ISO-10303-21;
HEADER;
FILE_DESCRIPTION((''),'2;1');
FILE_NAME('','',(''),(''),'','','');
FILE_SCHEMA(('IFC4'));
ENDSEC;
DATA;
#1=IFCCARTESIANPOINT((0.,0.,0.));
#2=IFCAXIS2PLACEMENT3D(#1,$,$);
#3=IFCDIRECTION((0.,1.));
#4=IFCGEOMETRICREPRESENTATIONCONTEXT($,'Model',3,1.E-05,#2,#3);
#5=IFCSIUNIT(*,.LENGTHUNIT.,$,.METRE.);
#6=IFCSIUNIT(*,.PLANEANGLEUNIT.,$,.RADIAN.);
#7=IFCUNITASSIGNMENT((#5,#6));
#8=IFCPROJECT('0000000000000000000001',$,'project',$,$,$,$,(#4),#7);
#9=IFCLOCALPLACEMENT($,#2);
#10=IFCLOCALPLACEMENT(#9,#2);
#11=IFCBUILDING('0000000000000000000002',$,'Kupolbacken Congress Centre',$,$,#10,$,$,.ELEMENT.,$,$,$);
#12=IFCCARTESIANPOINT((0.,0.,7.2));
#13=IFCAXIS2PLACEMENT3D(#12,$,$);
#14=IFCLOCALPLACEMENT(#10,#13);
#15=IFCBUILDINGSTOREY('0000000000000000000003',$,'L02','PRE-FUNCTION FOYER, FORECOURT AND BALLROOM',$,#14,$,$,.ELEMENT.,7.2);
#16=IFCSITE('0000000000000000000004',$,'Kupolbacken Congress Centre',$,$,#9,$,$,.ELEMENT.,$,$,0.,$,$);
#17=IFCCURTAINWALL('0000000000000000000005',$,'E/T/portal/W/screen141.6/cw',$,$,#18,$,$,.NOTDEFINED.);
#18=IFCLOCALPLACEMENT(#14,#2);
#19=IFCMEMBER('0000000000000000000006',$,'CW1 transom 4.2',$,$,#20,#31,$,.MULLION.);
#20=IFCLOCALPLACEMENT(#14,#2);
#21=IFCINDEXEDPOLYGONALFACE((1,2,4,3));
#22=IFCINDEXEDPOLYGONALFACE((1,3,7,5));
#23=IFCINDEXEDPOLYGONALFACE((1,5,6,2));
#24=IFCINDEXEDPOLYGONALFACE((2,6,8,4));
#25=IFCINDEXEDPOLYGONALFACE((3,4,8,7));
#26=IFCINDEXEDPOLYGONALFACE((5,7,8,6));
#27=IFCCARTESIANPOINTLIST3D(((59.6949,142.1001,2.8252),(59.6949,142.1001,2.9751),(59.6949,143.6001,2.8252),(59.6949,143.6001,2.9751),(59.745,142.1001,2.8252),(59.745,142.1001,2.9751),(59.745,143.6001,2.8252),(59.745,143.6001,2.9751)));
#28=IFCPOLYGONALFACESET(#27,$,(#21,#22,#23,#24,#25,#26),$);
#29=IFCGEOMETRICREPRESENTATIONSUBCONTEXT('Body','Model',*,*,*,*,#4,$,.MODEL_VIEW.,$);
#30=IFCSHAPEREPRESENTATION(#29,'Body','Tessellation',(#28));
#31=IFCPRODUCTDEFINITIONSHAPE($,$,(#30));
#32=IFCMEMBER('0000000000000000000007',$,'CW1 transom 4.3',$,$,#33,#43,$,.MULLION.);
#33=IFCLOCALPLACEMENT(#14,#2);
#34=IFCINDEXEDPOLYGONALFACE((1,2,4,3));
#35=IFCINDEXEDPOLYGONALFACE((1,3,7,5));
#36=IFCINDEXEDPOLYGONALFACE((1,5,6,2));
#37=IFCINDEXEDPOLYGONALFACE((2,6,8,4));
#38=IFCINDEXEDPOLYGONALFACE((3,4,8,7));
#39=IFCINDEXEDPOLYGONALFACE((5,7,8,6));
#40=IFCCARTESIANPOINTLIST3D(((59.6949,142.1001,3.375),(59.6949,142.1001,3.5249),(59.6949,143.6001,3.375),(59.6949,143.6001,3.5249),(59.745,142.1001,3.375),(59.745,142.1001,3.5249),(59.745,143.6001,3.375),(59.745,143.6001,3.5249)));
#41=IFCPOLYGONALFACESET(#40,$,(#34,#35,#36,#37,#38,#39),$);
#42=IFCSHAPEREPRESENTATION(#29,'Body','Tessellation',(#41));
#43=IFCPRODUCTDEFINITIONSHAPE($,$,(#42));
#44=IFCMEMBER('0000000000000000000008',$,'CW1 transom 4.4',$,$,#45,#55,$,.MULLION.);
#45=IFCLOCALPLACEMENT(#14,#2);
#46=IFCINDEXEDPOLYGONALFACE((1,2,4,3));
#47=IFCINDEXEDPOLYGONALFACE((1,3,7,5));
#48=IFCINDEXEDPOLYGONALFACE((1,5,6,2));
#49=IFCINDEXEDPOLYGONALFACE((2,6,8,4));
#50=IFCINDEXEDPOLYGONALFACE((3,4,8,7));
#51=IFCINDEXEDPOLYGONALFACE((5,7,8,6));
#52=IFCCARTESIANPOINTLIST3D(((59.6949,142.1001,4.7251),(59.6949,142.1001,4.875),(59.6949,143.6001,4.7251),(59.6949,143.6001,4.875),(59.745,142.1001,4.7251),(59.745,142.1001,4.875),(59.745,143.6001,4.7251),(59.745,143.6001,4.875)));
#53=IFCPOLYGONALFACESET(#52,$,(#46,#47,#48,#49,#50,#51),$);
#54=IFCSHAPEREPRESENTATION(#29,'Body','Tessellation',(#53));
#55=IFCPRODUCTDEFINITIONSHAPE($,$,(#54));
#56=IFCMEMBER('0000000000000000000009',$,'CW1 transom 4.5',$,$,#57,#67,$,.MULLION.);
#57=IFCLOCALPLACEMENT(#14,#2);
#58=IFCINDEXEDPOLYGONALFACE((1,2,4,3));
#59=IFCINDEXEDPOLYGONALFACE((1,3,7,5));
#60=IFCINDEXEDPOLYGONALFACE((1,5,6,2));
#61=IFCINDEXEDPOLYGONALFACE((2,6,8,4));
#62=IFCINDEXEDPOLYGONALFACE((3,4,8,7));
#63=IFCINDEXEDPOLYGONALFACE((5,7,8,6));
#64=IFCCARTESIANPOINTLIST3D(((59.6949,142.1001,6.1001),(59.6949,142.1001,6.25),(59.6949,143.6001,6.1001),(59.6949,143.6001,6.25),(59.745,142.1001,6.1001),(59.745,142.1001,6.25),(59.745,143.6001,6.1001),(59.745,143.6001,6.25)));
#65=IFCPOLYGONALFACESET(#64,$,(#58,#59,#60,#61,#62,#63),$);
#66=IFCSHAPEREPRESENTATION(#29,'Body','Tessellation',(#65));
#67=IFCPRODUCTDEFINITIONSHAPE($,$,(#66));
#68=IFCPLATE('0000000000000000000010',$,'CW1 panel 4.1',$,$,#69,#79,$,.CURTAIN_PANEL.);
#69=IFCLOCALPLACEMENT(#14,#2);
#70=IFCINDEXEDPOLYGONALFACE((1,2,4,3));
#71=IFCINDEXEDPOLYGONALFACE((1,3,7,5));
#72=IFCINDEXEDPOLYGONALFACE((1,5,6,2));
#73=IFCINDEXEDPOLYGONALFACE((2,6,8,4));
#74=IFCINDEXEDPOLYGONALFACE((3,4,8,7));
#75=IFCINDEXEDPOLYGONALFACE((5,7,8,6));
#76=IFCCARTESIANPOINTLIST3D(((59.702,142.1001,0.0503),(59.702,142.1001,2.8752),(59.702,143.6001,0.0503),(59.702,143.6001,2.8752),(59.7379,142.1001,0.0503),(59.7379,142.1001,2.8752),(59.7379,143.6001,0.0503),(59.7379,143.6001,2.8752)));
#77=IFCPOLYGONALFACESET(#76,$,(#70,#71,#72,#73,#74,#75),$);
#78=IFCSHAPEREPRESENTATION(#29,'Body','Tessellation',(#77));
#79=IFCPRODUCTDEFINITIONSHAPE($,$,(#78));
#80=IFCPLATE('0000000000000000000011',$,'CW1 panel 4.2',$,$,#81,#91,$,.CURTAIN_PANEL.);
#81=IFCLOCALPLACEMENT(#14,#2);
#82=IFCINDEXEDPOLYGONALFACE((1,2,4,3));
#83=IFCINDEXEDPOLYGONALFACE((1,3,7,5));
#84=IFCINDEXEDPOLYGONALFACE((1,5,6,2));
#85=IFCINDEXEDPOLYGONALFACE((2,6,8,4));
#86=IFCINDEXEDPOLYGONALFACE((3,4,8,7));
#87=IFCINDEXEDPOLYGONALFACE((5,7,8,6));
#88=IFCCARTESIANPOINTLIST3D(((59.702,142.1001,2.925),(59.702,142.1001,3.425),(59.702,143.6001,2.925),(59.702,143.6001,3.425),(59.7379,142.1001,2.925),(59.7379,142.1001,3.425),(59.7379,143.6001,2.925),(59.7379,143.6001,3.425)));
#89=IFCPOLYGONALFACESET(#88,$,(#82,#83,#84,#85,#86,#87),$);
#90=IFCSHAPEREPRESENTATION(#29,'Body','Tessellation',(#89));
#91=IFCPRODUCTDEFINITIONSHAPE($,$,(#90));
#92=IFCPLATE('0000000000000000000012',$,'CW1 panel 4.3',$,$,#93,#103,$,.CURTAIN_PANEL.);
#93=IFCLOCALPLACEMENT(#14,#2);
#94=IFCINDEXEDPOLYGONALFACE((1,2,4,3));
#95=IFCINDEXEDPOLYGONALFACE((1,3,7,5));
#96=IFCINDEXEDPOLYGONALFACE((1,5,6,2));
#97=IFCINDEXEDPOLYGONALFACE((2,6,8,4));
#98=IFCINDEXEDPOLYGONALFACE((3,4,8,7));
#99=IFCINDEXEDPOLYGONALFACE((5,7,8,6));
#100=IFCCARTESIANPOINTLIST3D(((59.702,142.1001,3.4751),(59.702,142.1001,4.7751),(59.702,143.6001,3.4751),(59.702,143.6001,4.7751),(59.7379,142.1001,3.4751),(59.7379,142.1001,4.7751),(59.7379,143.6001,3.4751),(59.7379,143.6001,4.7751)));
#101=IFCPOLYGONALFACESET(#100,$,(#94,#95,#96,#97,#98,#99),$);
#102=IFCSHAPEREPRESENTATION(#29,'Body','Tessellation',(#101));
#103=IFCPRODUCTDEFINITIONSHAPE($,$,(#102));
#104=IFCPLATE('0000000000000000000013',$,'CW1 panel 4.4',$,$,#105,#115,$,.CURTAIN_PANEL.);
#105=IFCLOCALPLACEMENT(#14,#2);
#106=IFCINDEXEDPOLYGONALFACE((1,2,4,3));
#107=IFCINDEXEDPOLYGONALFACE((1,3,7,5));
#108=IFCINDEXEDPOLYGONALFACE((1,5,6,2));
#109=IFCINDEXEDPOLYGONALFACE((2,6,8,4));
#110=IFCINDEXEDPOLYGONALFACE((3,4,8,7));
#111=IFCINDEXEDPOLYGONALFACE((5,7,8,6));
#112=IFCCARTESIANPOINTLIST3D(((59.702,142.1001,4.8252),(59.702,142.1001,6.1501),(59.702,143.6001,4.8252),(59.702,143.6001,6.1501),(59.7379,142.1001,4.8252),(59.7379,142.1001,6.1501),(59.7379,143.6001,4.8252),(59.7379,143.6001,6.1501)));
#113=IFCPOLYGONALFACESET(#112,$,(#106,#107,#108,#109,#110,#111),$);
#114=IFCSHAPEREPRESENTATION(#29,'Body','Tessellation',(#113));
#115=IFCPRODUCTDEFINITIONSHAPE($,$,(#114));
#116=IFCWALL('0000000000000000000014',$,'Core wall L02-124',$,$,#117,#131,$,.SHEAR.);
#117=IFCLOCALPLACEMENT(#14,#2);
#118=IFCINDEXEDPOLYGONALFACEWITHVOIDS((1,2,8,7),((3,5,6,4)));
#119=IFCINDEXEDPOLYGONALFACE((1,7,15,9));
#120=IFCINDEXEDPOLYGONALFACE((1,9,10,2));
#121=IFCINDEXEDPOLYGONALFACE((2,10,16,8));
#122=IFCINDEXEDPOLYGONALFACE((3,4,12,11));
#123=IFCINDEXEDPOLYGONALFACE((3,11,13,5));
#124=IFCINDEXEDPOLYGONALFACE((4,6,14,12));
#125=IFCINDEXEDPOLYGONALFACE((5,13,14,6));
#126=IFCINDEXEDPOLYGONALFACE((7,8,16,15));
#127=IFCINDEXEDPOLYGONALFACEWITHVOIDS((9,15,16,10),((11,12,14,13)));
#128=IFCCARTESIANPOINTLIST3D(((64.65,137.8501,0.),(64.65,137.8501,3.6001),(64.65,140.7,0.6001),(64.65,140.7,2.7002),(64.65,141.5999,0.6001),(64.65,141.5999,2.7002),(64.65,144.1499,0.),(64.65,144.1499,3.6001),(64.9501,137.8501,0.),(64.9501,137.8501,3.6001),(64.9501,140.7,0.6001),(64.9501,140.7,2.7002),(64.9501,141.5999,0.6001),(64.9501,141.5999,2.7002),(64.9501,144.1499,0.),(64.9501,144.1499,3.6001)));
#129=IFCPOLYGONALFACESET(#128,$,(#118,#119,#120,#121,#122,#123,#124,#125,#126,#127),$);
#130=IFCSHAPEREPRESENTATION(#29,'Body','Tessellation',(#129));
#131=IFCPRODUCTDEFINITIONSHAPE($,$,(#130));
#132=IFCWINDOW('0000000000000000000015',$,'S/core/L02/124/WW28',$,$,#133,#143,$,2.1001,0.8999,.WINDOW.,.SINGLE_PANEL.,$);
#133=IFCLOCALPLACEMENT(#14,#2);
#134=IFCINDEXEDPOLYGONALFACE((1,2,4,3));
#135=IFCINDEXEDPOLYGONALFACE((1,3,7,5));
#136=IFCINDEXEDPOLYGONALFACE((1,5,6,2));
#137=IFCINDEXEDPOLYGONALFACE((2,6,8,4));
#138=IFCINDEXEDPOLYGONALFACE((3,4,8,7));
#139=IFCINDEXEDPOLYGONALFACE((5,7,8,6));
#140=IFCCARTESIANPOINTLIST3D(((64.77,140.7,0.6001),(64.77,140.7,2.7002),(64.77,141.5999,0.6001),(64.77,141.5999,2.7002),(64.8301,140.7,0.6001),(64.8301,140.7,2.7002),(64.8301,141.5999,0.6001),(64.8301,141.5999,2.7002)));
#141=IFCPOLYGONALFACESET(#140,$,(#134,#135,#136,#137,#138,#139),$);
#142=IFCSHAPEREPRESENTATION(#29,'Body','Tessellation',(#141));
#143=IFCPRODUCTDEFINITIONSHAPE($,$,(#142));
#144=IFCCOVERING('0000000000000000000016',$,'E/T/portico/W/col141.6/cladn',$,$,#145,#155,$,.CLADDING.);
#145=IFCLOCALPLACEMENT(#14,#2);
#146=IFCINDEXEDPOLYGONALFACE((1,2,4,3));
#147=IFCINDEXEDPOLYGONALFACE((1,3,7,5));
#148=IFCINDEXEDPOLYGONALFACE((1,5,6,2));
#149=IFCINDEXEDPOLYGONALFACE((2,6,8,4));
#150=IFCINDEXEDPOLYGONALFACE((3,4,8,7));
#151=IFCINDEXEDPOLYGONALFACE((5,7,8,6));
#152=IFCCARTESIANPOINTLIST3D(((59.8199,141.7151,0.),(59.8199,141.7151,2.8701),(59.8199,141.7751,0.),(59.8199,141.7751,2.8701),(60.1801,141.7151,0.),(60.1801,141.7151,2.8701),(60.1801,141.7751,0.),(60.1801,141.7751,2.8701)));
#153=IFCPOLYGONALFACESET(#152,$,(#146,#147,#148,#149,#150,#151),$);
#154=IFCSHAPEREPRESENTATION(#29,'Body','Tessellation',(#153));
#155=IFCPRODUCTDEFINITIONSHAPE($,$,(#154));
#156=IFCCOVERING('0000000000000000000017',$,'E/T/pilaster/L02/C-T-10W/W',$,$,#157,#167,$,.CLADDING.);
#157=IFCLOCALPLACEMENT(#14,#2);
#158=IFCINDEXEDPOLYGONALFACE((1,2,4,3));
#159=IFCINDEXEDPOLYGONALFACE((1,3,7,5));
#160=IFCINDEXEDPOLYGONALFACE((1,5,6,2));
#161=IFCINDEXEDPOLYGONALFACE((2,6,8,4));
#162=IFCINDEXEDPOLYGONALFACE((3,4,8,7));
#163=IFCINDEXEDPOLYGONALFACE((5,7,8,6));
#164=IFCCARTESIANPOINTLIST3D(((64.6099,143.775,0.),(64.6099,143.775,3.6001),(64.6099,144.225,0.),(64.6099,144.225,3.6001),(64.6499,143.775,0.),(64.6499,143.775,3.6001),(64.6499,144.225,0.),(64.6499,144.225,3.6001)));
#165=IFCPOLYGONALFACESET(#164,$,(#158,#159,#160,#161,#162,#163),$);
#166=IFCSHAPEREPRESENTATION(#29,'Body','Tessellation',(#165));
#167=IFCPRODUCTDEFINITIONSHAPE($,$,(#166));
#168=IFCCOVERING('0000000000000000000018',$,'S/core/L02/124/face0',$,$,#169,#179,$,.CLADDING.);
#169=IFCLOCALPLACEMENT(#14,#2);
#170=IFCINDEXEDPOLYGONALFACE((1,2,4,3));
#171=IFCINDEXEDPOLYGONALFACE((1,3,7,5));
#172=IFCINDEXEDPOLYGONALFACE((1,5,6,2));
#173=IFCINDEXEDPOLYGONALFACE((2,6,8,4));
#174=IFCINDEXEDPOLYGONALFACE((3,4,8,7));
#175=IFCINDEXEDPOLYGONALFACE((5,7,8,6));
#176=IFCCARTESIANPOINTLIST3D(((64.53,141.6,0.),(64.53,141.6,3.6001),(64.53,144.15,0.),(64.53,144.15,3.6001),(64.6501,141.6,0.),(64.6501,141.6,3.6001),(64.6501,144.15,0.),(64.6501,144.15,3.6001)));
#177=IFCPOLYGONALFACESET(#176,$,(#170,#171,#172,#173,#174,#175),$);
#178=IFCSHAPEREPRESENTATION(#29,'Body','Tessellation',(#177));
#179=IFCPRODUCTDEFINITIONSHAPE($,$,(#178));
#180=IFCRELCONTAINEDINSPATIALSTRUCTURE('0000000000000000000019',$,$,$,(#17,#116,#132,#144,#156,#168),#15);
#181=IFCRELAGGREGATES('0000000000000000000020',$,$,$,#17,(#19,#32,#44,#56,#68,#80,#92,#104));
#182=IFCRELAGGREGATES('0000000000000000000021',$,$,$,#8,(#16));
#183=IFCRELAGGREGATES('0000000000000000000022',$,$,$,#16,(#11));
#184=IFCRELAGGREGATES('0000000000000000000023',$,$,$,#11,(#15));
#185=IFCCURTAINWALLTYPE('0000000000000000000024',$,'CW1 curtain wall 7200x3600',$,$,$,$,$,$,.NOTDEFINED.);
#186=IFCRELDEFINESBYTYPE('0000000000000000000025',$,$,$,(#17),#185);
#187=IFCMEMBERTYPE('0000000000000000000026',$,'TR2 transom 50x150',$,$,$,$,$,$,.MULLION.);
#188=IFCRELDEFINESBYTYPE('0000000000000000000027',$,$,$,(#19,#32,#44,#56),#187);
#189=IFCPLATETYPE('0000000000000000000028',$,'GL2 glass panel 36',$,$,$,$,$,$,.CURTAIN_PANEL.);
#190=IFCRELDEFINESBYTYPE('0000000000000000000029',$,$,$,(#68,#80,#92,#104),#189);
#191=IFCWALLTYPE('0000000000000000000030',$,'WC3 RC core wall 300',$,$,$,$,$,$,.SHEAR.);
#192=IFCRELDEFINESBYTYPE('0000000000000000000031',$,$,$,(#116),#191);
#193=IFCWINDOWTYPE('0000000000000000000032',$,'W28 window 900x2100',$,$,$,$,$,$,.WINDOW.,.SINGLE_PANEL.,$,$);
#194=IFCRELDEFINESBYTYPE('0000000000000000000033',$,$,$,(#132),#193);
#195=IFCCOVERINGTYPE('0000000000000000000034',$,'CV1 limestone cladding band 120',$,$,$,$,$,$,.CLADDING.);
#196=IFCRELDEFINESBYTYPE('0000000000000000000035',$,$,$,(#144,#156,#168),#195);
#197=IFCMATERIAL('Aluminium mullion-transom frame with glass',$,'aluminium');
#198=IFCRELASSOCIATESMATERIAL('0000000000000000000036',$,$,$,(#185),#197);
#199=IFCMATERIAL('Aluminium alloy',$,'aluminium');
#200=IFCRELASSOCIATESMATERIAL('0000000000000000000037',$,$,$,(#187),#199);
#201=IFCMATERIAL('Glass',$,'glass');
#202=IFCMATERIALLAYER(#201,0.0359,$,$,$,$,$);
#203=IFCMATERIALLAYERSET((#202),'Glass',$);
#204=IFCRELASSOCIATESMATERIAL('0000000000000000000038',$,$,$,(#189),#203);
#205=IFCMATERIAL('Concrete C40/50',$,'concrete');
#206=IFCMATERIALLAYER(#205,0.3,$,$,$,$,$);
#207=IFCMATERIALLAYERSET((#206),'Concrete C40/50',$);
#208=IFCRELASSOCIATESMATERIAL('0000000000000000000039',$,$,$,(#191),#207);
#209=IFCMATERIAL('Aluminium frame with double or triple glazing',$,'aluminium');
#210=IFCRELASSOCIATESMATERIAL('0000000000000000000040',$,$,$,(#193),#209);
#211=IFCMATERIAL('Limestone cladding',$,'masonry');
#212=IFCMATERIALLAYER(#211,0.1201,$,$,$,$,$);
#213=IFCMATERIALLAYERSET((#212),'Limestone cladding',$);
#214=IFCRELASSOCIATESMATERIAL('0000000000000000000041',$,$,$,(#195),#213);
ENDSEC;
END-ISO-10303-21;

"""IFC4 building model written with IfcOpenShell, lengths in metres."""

from ifc_helpers import new_model, si_unit, direction, frame, frame_2d, origin, origin_2d, place, context, subcontext, project, spatial, rectangle, extrude, material, layer, layer_set, material_profile, profile_set, type_object, element, fill, aggregate, save


model = new_model("IFC4")

# Units and contexts
model_context = context("Model", 3, precision=1e-05, world=origin(), true_north=direction((0.0, 1.0)))
body_context = subcontext(model_context, "Body", "Model", "MODEL_VIEW")
ifc_project = project(units=[si_unit("LENGTHUNIT", "METRE"), si_unit("PLANEANGLEUNIT", "RADIAN")], contexts=[model_context])

# Site, building, storey
site_placement = place(None, origin())
site = spatial("IfcSite", under=ifc_project, at=site_placement, Name="Kupolbacken Congress Centre", CompositionType="ELEMENT", RefElevation=0.0)
building_placement = place(site_placement, origin())
building = spatial("IfcBuilding", under=site, at=building_placement, Name="Kupolbacken Congress Centre", CompositionType="ELEMENT")
storey_placement = place(building_placement, frame((0.0, 0.0, 7.2)))
storey = spatial("IfcBuildingStorey", under=building, at=storey_placement, Name="L02", Description="PRE-FUNCTION FOYER, FORECOURT AND BALLROOM", CompositionType="ELEMENT", Elevation=7.2)

# Curtain wall, members, plates
ifc_material_1 = material(Name="Aluminium mullion-transom frame with glass", Category="aluminium")
curtain_wall_type = type_object("IfcCurtainWallType", Name="CW1 curtain wall 7200x3600", PredefinedType="NOTDEFINED", material=ifc_material_1)
curtain_wall_placement = place(storey_placement, origin())
curtain_wall = element("IfcCurtainWall", 1, at=curtain_wall_placement, inside=storey, type_object=curtain_wall_type, Name="E/T/portal/W/screen141.6/cw", PredefinedType="NOTDEFINED")
ifc_material_2 = material(Name="Aluminium alloy", Category="aluminium")
ifc_material_profile_1 = material_profile(ifc_material_2, rectangle(XDim=0.05, YDim=0.1499, at=origin_2d()), Name="50 x 150")
ifc_profile_set_1 = profile_set([ifc_material_profile_1], Name="Aluminium alloy")
member_type_1 = type_object("IfcMemberType", Name="TR2 transom 50x150", PredefinedType="MULLION", material=ifc_profile_set_1)
member_1_placement = place(storey_placement, frame((59.72, 143.6001, 2.9001), z_axis=(0.0, -1.0, 0.0), x_axis=(1.0, 0.0, 0.0)))
member_1 = element("IfcMember", 2, at=member_1_placement, type_object=member_type_1, Name="CW1 transom 4.2", PredefinedType="MULLION", context=body_context, shape_type="SweptSolid", body=[
    extrude(rectangle(XDim=0.05, YDim=0.1499, at=origin_2d()), origin(), (0.0, 0.0, 1.0), 1.5),
])
member_2_placement = place(storey_placement, frame((59.72, 143.6001, 3.45), z_axis=(0.0, -1.0, 0.0), x_axis=(1.0, 0.0, 0.0)))
member_2 = element("IfcMember", 3, at=member_2_placement, type_object=member_type_1, Name="CW1 transom 4.3", PredefinedType="MULLION", context=body_context, shape_type="SweptSolid", body=[
    extrude(rectangle(XDim=0.05, YDim=0.1499, at=origin_2d()), origin(), (0.0, 0.0, 1.0), 1.5),
])
member_3_placement = place(storey_placement, frame((59.72, 143.6001, 4.8), z_axis=(0.0, -1.0, 0.0), x_axis=(1.0, 0.0, 0.0)))
member_3 = element("IfcMember", 4, at=member_3_placement, type_object=member_type_1, Name="CW1 transom 4.4", PredefinedType="MULLION", context=body_context, shape_type="SweptSolid", body=[
    extrude(rectangle(XDim=0.05, YDim=0.1499, at=origin_2d()), origin(), (0.0, 0.0, 1.0), 1.5),
])
member_4_placement = place(storey_placement, frame((59.72, 143.6001, 6.175), z_axis=(0.0, -1.0, 0.0), x_axis=(1.0, 0.0, 0.0)))
member_4 = element("IfcMember", 5, at=member_4_placement, type_object=member_type_1, Name="CW1 transom 4.5", PredefinedType="MULLION", context=body_context, shape_type="SweptSolid", body=[
    extrude(rectangle(XDim=0.05, YDim=0.1499, at=origin_2d()), origin(), (0.0, 0.0, 1.0), 1.5),
])
ifc_material_3 = material(Name="Glass", Category="glass")
ifc_layer_1 = layer(ifc_material_3, 0.0359)
ifc_layer_set_1 = layer_set([ifc_layer_1], Name="Glass")
plate_type = type_object("IfcPlateType", Name="GL2 glass panel 36", PredefinedType="CURTAIN_PANEL", material=ifc_layer_set_1)
plate_1_placement = place(storey_placement, frame((59.72, 142.8501, 0.0503), z_axis=(0.0, 0.0, 1.0), x_axis=(0.0, -1.0, 0.0)))
plate_1 = element("IfcPlate", 6, at=plate_1_placement, type_object=plate_type, Name="CW1 panel 4.1", PredefinedType="CURTAIN_PANEL", context=body_context, shape_type="SweptSolid", body=[
    extrude(rectangle(XDim=1.5, YDim=0.0359, at=origin_2d()), origin(), (0.0, 0.0, 1.0), 2.825),
])
plate_2_placement = place(storey_placement, frame((59.72, 142.8501, 2.925), z_axis=(0.0, 0.0, 1.0), x_axis=(0.0, -1.0, 0.0)))
plate_2 = element("IfcPlate", 7, at=plate_2_placement, type_object=plate_type, Name="CW1 panel 4.2", PredefinedType="CURTAIN_PANEL", context=body_context, shape_type="SweptSolid", body=[
    extrude(rectangle(XDim=1.5, YDim=0.0359, at=origin_2d()), origin(), (0.0, 0.0, 1.0), 0.5),
])
plate_3_placement = place(storey_placement, frame((59.72, 142.8501, 3.4751), z_axis=(0.0, 0.0, 1.0), x_axis=(0.0, -1.0, 0.0)))
plate_3 = element("IfcPlate", 8, at=plate_3_placement, type_object=plate_type, Name="CW1 panel 4.3", PredefinedType="CURTAIN_PANEL", context=body_context, shape_type="SweptSolid", body=[
    extrude(rectangle(XDim=1.5, YDim=0.0359, at=origin_2d()), origin(), (0.0, 0.0, 1.0), 1.3),
])
plate_4_placement = place(storey_placement, frame((59.72, 142.8501, 4.8252), z_axis=(0.0, 0.0, 1.0), x_axis=(0.0, -1.0, 0.0)))
plate_4 = element("IfcPlate", 9, at=plate_4_placement, type_object=plate_type, Name="CW1 panel 4.4", PredefinedType="CURTAIN_PANEL", context=body_context, shape_type="SweptSolid", body=[
    extrude(rectangle(XDim=1.5, YDim=0.0359, at=origin_2d()), origin(), (0.0, 0.0, 1.0), 1.325),
])
aggregate(curtain_wall, [member_1, member_2, member_3, member_4, plate_1, plate_2, plate_3, plate_4])

# Wall, opening, window
ifc_material_4 = material(Name="Concrete C40/50", Category="concrete")
ifc_layer_2 = layer(ifc_material_4, 0.3)
ifc_layer_set_2 = layer_set([ifc_layer_2], Name="Concrete C40/50")
wall_type = type_object("IfcWallType", Name="WC3 RC core wall 300", PredefinedType="SHEAR", material=ifc_layer_set_2)
wall_placement = place(storey_placement, frame((64.8, 144.1499, 0.0), z_axis=(0.0, 0.0, 1.0), x_axis=(0.0, -1.0, 0.0)))
wall = element("IfcWall", 10, at=wall_placement, inside=storey, type_object=wall_type, Name="Core wall L02-124", PredefinedType="SHEAR", context=body_context, shape_type="SweptSolid", body=[
    extrude(rectangle(XDim=6.2998, YDim=0.3, at=frame_2d((3.1499, 0.0))), origin(), (0.0, 0.0, 1.0), 3.6001),
])
opening_placement = place(wall_placement, frame((2.55, 0.0, 0.6001)))
opening = element("IfcOpeningElement", 11, at=opening_placement, cuts=wall, PredefinedType="OPENING", context=body_context, shape_type="SweptSolid", body=[
    extrude(rectangle(XDim=0.8999, YDim=2.1001, at=frame_2d((0.45, 1.05))), frame((0.0, 0.1599, 0.0), z_axis=(0.0, -1.0, 0.0), x_axis=(1.0, 0.0, 0.0)), (0.0, 0.0, 1.0), 0.3201),
])
ifc_material_5 = material(Name="Aluminium frame with double or triple glazing", Category="aluminium")
window_type = type_object("IfcWindowType", Name="W28 window 900x2100", PartitioningType="SINGLE_PANEL", PredefinedType="WINDOW", material=ifc_material_5)
window_placement = place(opening_placement, origin())
window = element("IfcWindow", 12, at=window_placement, inside=storey, type_object=window_type, Name="S/core/L02/124/WW28", OverallHeight=2.1001, OverallWidth=0.8999, PartitioningType="SINGLE_PANEL", PredefinedType="WINDOW", context=body_context, shape_type="SweptSolid", body=[
    extrude(rectangle(XDim=0.8999, YDim=2.1001, at=frame_2d((0.45, 1.05))), frame((0.0, 0.03, 0.0), z_axis=(0.0, -1.0, 0.0), x_axis=(1.0, 0.0, 0.0)), (0.0, 0.0, 1.0), 0.0601),
])
fill(opening, window)

# Coverings
ifc_material_6 = material(Name="Limestone cladding", Category="masonry")
ifc_layer_3 = layer(ifc_material_6, 0.1201)
ifc_layer_set_3 = layer_set([ifc_layer_3], Name="Limestone cladding")
covering_type_1 = type_object("IfcCoveringType", Name="CV1 limestone cladding band 120", PredefinedType="CLADDING", material=ifc_layer_set_3)
covering_1_placement = place(storey_placement, frame((60.0, 141.7451, 0.0), z_axis=(0.0, 0.0, 1.0), x_axis=(1.0, 0.0, 0.0)))
element("IfcCovering", 13, at=covering_1_placement, inside=storey, type_object=covering_type_1, Name="E/T/portico/W/col141.6/cladn", PredefinedType="CLADDING", context=body_context, shape_type="SweptSolid", body=[
    extrude(rectangle(XDim=0.3601, YDim=0.0601, at=origin_2d()), origin(), (0.0, 0.0, 1.0), 2.8701),
])
covering_2_placement = place(storey_placement, frame((64.6299, 144.0, 0.0), z_axis=(0.0, 0.0, 1.0), x_axis=(1.0, 0.0, 0.0)))
element("IfcCovering", 14, at=covering_2_placement, inside=storey, type_object=covering_type_1, Name="E/T/pilaster/L02/C-T-10W/W", PredefinedType="CLADDING", context=body_context, shape_type="SweptSolid", body=[
    extrude(rectangle(XDim=0.04, YDim=0.45, at=origin_2d()), origin(), (0.0, 0.0, 1.0), 3.6001),
])
covering_3_placement = place(storey_placement, frame((64.5901, 142.875, 0.0), z_axis=(0.0, 0.0, 1.0), x_axis=(0.0, -1.0, 0.0)))
element("IfcCovering", 15, at=covering_3_placement, inside=storey, type_object=covering_type_1, Name="S/core/L02/124/face0", PredefinedType="CLADDING", context=body_context, shape_type="SweptSolid", body=[
    extrude(rectangle(XDim=2.55, YDim=0.1201, at=origin_2d()), origin(), (0.0, 0.0, 1.0), 3.6001),
])

save(model, "model.ifc")
